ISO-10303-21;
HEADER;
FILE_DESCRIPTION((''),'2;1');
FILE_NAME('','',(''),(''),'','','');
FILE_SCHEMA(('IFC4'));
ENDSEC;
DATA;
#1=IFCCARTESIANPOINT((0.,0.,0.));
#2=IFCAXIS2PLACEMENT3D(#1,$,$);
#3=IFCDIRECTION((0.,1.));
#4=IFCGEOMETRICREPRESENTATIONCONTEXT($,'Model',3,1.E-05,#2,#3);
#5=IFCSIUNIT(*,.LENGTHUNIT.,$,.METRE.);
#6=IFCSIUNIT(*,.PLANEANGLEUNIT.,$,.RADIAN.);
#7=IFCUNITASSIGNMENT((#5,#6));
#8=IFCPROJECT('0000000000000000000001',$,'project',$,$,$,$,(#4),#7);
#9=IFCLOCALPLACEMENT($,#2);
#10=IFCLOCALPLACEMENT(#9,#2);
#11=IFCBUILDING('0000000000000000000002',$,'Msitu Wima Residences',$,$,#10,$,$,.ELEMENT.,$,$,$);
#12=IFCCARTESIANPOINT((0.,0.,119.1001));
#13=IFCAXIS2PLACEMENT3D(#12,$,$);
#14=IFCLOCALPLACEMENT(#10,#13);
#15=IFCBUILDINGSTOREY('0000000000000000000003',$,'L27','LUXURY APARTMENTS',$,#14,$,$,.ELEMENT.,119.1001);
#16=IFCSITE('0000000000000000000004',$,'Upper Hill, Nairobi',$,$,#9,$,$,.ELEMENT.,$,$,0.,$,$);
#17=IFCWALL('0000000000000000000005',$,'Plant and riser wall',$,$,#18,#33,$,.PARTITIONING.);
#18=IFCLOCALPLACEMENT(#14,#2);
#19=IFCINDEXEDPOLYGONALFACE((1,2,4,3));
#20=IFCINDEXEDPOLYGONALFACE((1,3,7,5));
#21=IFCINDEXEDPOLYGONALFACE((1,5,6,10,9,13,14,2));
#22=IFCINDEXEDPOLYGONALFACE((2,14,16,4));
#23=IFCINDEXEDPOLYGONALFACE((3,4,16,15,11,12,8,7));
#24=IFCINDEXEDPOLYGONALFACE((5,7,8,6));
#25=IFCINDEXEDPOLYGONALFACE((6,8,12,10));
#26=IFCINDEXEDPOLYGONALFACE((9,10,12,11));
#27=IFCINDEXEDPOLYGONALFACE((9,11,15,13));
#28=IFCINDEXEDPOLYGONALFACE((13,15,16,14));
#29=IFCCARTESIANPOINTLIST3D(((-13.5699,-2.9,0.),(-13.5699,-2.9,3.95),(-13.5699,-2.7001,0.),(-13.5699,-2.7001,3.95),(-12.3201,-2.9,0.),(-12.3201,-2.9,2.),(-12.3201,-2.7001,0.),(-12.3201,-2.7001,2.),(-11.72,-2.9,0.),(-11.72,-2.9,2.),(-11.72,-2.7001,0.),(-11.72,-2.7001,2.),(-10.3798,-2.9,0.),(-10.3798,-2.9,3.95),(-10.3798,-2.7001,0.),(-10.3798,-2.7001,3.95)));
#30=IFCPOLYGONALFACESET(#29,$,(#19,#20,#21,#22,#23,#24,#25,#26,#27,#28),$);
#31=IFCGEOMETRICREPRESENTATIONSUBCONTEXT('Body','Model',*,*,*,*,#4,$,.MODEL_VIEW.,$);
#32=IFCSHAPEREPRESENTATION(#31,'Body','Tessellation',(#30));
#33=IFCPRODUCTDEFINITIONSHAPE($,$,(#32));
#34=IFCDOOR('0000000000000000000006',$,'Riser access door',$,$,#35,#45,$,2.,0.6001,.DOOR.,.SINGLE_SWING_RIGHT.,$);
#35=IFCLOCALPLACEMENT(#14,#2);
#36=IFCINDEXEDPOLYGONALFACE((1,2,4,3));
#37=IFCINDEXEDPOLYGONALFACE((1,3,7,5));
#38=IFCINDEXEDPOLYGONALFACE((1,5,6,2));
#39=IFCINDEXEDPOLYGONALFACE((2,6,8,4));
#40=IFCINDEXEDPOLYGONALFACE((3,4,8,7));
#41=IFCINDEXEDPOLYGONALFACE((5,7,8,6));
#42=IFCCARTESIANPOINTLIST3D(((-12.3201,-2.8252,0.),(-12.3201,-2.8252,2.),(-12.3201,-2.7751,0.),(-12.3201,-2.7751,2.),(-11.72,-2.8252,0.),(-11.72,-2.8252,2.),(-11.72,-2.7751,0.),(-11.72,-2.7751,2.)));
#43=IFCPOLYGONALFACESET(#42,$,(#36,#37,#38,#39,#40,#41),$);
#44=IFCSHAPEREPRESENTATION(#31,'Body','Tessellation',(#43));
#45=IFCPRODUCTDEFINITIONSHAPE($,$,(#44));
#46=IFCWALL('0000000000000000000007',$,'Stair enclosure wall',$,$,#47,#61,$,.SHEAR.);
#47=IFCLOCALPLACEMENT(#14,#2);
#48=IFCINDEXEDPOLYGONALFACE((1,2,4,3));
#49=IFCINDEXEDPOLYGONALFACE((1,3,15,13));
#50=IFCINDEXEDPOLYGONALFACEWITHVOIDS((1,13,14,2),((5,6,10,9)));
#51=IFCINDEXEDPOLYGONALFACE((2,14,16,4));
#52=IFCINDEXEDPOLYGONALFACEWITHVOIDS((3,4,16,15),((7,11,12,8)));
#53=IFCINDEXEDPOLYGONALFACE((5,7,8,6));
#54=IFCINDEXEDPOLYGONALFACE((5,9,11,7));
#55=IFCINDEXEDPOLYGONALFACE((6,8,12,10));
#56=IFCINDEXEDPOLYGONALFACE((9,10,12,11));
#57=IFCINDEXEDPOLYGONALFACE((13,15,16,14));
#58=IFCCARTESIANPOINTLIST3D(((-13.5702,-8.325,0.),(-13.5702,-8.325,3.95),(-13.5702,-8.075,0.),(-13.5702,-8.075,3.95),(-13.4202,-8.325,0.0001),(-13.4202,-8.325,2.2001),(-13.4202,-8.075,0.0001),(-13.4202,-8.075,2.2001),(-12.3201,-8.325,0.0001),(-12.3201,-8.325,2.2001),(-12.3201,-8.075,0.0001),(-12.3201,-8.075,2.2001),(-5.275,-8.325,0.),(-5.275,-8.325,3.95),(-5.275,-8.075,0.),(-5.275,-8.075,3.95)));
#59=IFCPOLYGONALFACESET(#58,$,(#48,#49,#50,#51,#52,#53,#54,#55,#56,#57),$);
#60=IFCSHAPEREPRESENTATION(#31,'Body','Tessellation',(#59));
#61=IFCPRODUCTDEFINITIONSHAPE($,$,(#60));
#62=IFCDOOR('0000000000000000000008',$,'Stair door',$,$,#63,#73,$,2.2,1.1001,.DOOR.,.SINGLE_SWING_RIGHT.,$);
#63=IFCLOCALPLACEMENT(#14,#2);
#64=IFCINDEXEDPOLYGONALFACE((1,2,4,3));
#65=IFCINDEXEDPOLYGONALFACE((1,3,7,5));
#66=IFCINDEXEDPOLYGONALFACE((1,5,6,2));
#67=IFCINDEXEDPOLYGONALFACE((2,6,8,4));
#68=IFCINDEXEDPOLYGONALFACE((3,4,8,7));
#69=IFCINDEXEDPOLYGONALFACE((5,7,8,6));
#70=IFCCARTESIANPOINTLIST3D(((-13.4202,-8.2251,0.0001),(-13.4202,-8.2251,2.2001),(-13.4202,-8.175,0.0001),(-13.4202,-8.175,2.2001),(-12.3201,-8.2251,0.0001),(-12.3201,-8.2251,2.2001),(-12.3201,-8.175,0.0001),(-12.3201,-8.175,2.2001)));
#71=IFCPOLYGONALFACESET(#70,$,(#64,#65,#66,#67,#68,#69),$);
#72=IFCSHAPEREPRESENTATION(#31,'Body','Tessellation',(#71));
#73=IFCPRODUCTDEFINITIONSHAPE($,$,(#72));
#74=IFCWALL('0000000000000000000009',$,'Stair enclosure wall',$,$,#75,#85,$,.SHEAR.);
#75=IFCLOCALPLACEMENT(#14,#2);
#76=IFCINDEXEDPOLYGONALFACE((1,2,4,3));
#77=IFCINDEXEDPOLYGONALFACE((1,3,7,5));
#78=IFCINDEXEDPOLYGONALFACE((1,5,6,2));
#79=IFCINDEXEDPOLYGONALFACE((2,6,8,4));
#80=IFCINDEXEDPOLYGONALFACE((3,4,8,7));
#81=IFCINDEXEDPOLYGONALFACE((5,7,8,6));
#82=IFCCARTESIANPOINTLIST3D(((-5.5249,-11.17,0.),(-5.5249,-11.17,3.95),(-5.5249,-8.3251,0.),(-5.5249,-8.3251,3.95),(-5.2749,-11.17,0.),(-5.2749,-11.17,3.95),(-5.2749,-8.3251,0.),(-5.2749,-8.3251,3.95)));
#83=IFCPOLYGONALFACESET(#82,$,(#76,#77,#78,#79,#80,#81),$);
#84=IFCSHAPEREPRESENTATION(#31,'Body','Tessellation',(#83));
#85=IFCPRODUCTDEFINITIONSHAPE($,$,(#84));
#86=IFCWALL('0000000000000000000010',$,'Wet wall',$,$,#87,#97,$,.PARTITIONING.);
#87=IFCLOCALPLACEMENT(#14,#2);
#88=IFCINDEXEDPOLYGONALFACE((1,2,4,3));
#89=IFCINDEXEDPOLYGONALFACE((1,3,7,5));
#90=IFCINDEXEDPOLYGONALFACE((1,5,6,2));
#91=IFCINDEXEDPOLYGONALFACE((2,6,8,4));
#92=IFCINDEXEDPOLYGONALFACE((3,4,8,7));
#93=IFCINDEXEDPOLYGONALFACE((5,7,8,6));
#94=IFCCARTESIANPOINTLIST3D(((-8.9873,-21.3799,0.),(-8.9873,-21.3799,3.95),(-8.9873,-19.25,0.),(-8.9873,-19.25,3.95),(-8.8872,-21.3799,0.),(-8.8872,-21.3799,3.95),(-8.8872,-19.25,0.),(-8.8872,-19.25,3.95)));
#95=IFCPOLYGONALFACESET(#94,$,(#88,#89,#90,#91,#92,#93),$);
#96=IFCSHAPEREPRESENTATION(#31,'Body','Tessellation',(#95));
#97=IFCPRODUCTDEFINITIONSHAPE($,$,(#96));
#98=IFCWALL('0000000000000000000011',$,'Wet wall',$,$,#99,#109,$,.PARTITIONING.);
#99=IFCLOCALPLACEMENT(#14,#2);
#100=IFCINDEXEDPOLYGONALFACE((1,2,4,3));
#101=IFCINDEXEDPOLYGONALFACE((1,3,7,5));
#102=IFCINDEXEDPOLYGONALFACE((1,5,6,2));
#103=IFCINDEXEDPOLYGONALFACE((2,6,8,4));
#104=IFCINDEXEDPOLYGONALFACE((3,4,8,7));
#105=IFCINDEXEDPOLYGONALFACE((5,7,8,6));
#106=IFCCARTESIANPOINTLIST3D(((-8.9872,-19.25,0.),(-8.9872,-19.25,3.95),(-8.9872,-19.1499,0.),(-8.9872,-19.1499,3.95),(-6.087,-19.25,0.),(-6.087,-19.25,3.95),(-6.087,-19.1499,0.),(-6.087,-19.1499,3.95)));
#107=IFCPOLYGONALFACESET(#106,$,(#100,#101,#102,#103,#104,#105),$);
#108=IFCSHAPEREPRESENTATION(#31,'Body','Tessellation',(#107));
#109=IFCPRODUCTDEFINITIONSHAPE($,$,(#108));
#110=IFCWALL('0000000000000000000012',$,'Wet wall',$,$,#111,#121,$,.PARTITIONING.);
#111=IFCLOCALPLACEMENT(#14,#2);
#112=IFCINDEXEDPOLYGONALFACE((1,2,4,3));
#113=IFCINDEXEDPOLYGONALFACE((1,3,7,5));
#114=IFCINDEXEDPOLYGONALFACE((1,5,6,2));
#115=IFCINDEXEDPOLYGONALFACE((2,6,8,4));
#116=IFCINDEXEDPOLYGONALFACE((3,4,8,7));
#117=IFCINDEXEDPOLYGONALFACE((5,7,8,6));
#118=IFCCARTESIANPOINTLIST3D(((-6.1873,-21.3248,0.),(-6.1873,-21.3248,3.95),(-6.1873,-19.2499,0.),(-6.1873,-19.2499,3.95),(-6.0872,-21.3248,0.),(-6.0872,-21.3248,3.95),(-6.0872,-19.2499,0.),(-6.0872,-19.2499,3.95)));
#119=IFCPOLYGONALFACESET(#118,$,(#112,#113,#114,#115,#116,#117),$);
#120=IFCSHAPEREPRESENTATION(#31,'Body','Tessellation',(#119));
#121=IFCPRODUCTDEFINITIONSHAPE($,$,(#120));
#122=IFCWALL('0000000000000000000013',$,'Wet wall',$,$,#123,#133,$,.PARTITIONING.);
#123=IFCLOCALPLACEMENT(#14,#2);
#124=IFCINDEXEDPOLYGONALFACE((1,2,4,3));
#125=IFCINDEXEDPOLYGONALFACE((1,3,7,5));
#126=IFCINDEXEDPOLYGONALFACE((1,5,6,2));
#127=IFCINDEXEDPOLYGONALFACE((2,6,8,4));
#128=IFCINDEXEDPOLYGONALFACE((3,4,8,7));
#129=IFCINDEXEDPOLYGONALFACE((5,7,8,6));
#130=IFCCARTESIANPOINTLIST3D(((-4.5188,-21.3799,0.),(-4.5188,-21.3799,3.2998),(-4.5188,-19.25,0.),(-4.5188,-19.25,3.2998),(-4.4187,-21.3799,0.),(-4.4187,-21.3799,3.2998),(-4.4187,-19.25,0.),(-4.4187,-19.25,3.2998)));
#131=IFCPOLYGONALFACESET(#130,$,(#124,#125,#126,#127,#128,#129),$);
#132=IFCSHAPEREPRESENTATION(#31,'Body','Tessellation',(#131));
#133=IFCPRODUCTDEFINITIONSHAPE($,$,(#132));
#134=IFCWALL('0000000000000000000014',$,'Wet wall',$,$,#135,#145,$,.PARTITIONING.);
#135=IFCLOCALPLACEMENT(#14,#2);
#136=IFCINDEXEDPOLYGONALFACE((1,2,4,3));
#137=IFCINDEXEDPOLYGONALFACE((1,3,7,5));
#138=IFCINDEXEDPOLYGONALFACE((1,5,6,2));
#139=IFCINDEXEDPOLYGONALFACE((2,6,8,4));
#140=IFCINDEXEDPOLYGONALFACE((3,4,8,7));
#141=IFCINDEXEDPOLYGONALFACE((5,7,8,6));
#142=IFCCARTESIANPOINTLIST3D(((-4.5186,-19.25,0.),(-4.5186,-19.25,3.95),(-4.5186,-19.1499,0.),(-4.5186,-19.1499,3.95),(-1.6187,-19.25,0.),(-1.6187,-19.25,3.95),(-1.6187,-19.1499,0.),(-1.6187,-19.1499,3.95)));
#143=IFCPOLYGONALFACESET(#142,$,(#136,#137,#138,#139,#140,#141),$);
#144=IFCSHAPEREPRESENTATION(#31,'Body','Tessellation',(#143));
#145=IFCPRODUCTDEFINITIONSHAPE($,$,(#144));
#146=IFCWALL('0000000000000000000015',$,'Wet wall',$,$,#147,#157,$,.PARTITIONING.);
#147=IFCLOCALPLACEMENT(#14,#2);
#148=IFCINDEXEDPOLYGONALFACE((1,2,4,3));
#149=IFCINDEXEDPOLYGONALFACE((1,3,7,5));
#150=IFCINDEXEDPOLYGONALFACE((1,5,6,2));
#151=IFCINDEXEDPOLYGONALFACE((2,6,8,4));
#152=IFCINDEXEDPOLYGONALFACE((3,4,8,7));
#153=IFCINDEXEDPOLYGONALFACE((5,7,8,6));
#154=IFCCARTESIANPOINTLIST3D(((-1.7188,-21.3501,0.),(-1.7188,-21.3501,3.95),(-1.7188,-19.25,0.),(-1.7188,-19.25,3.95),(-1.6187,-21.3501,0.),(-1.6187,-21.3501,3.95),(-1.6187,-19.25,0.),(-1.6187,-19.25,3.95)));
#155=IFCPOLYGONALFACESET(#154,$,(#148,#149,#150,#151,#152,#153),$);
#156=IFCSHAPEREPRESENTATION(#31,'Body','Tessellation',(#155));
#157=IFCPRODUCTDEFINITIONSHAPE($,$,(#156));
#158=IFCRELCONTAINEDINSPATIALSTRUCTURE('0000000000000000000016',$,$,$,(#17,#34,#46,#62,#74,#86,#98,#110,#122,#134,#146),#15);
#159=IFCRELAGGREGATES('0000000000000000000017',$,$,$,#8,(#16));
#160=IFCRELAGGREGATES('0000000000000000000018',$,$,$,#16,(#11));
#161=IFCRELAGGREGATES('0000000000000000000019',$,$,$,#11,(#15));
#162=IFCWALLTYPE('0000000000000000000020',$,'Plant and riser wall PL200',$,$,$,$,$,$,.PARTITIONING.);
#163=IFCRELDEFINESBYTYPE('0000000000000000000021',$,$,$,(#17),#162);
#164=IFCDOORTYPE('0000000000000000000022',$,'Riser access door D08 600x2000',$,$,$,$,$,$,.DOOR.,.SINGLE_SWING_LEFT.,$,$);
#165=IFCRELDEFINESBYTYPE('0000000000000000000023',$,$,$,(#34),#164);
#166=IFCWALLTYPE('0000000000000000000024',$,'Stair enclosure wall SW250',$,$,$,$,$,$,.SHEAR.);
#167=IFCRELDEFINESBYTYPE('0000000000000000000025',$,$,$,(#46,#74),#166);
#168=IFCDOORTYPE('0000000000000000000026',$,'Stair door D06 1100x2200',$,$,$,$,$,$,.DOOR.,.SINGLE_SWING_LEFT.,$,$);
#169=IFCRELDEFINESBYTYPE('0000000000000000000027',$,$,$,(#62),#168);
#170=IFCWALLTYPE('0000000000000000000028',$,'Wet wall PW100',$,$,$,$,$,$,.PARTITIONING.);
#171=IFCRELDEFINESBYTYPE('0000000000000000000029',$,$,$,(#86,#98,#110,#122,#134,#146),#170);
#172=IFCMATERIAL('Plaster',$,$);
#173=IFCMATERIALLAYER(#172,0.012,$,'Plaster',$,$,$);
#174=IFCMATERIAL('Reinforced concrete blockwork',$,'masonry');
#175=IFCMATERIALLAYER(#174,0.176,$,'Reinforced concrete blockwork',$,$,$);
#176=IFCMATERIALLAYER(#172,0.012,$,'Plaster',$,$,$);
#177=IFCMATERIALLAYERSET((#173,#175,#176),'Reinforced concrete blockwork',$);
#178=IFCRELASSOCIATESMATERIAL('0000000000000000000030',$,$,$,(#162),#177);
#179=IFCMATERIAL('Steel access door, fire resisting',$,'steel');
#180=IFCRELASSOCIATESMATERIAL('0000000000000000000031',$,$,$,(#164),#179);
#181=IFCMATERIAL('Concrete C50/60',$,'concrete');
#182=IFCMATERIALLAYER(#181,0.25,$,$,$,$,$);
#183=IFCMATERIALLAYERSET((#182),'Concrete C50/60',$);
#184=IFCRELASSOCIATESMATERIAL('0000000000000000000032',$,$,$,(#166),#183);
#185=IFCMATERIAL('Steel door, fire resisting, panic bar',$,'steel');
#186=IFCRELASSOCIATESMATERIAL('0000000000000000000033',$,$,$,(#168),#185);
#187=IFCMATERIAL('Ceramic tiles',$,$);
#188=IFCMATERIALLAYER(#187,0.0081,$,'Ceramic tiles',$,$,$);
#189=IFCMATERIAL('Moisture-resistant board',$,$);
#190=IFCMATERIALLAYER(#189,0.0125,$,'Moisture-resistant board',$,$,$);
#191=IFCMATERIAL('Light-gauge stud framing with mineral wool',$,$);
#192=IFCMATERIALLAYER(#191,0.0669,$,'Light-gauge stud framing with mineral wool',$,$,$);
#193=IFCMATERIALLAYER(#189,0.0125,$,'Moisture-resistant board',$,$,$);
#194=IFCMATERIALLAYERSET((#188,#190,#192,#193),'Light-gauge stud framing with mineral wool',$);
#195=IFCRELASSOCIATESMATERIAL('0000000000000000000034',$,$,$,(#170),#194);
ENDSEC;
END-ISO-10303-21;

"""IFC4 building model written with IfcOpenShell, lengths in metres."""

from ifc_helpers import new_model, si_unit, direction, frame, frame_2d, origin, place, context, subcontext, project, spatial, rectangle, extrude, material, layer, layer_set, type_object, element, fill, save


model = new_model("IFC4")

# Units and contexts
model_context = context("Model", 3, precision=1e-05, world=origin(), true_north=direction((0.0, 1.0)))
body_context = subcontext(model_context, "Body", "Model", "MODEL_VIEW")
ifc_project = project(units=[si_unit("LENGTHUNIT", "METRE"), si_unit("PLANEANGLEUNIT", "RADIAN")], contexts=[model_context])

# Site, building, storey
site_placement = place(None, origin())
site = spatial("IfcSite", under=ifc_project, at=site_placement, Name="Upper Hill, Nairobi", CompositionType="ELEMENT", RefElevation=0.0)
building_placement = place(site_placement, origin())
building = spatial("IfcBuilding", under=site, at=building_placement, Name="Msitu Wima Residences", CompositionType="ELEMENT")
storey_placement = place(building_placement, frame((0.0, 0.0, 119.1001)))
storey = spatial("IfcBuildingStorey", under=building, at=storey_placement, Name="L27", Description="LUXURY APARTMENTS", CompositionType="ELEMENT", Elevation=119.1001)

# Shared definitions
ifc_material_1 = material(Name="Plaster")

# Walls, openings, doors
ifc_layer_1 = layer(ifc_material_1, 0.012, Name="Plaster")
ifc_material_2 = material(Name="Reinforced concrete blockwork", Category="masonry")
ifc_layer_2 = layer(ifc_material_2, 0.176, Name="Reinforced concrete blockwork")
ifc_layer_3 = layer(ifc_material_1, 0.012, Name="Plaster")
ifc_layer_set_1 = layer_set([ifc_layer_1, ifc_layer_2, ifc_layer_3], Name="Reinforced concrete blockwork")
wall_type_1 = type_object("IfcWallType", Name="Plant and riser wall PL200", PredefinedType="PARTITIONING", material=ifc_layer_set_1)
wall_1_placement = place(storey_placement, frame((-13.5701, -2.8, 0.0), z_axis=(0.0, 0.0, 1.0), x_axis=(1.0, 0.0, 0.0)))
wall_1 = element("IfcWall", 1, at=wall_1_placement, inside=storey, type_object=wall_type_1, Name="Plant and riser wall", PredefinedType="PARTITIONING", context=body_context, shape_type="SweptSolid", body=[
    extrude(rectangle(XDim=3.1902, YDim=0.2, at=frame_2d((1.5952, 0.0))), origin(), (0.0, 0.0, 1.0), 3.95),
])
opening_1_placement = place(wall_1_placement, frame((1.25, 0.0, 0.0)))
opening_1 = element("IfcOpeningElement", 2, at=opening_1_placement, cuts=wall_1, PredefinedType="OPENING", context=body_context, shape_type="SweptSolid", body=[
    extrude(rectangle(XDim=0.6001, YDim=2.0, at=frame_2d((0.3, 1.0))), frame((0.0, 0.1099, 0.0), z_axis=(0.0, -1.0, 0.0), x_axis=(1.0, 0.0, 0.0)), (0.0, 0.0, 1.0), 0.22),
])
ifc_material_3 = material(Name="Steel access door, fire resisting", Category="steel")
door_type_1 = type_object("IfcDoorType", Name="Riser access door D08 600x2000", OperationType="SINGLE_SWING_LEFT", PredefinedType="DOOR", material=ifc_material_3)
door_1_placement = place(opening_1_placement, origin())
door_1 = element("IfcDoor", 3, at=door_1_placement, inside=storey, type_object=door_type_1, Name="Riser access door", OperationType="SINGLE_SWING_RIGHT", OverallHeight=2.0, OverallWidth=0.6001, PredefinedType="DOOR", context=body_context, shape_type="SweptSolid", body=[
    extrude(rectangle(XDim=0.6001, YDim=2.0, at=frame_2d((0.3, 1.0))), frame((0.0, 0.0249, 0.0), z_axis=(0.0, -1.0, 0.0), x_axis=(1.0, 0.0, 0.0)), (0.0, 0.0, 1.0), 0.05),
])
fill(opening_1, door_1)
ifc_material_4 = material(Name="Concrete C50/60", Category="concrete")
ifc_layer_4 = layer(ifc_material_4, 0.25)
ifc_layer_set_2 = layer_set([ifc_layer_4], Name="Concrete C50/60")
wall_type_2 = type_object("IfcWallType", Name="Stair enclosure wall SW250", PredefinedType="SHEAR", material=ifc_layer_set_2)
wall_2_placement = place(storey_placement, frame((-13.5701, -8.2, 0.0), z_axis=(0.0, 0.0, 1.0), x_axis=(1.0, 0.0, 0.0)))
wall_2 = element("IfcWall", 4, at=wall_2_placement, inside=storey, type_object=wall_type_2, Name="Stair enclosure wall", PredefinedType="SHEAR", context=body_context, shape_type="SweptSolid", body=[
    extrude(rectangle(XDim=8.2952, YDim=0.25, at=frame_2d((4.1475, 0.0))), origin(), (0.0, 0.0, 1.0), 3.95),
])
opening_2_placement = place(wall_2_placement, frame((0.1499, 0.0, 0.0)))
opening_2 = element("IfcOpeningElement", 5, at=opening_2_placement, cuts=wall_2, PredefinedType="OPENING", context=body_context, shape_type="SweptSolid", body=[
    extrude(rectangle(XDim=1.1001, YDim=2.2, at=frame_2d((0.55, 1.1001))), frame((0.0, 0.135, 0.0), z_axis=(0.0, -1.0, 0.0), x_axis=(1.0, 0.0, 0.0)), (0.0, 0.0, 1.0), 0.27),
])
ifc_material_5 = material(Name="Steel door, fire resisting, panic bar", Category="steel")
door_type_2 = type_object("IfcDoorType", Name="Stair door D06 1100x2200", OperationType="SINGLE_SWING_LEFT", PredefinedType="DOOR", material=ifc_material_5)
door_2_placement = place(opening_2_placement, origin())
door_2 = element("IfcDoor", 6, at=door_2_placement, inside=storey, type_object=door_type_2, Name="Stair door", OperationType="SINGLE_SWING_RIGHT", OverallHeight=2.2, OverallWidth=1.1001, PredefinedType="DOOR", context=body_context, shape_type="SweptSolid", body=[
    extrude(rectangle(XDim=1.1001, YDim=2.2, at=frame_2d((0.55, 1.1001))), frame((0.0, 0.0249, 0.0), z_axis=(0.0, -1.0, 0.0), x_axis=(1.0, 0.0, 0.0)), (0.0, 0.0, 1.0), 0.05),
])
fill(opening_2, door_2)

# Walls
wall_3_placement = place(storey_placement, frame((-5.3999, -11.1699, 0.0), z_axis=(0.0, 0.0, 1.0), x_axis=(0.0, 1.0, 0.0)))
element("IfcWall", 7, at=wall_3_placement, inside=storey, type_object=wall_type_2, Name="Stair enclosure wall", PredefinedType="SHEAR", context=body_context, shape_type="SweptSolid", body=[
    extrude(rectangle(XDim=2.845, YDim=0.25, at=frame_2d((1.4224, 0.0))), origin(), (0.0, 0.0, 1.0), 3.95),
])
ifc_material_6 = material(Name="Ceramic tiles")
ifc_layer_5 = layer(ifc_material_6, 0.0081, Name="Ceramic tiles")
ifc_material_7 = material(Name="Moisture-resistant board")
ifc_layer_6 = layer(ifc_material_7, 0.0125, Name="Moisture-resistant board")
ifc_material_8 = material(Name="Light-gauge stud framing with mineral wool")
ifc_layer_7 = layer(ifc_material_8, 0.0669, Name="Light-gauge stud framing with mineral wool")
ifc_layer_8 = layer(ifc_material_7, 0.0125, Name="Moisture-resistant board")
ifc_layer_set_3 = layer_set([ifc_layer_5, ifc_layer_6, ifc_layer_7, ifc_layer_8], Name="Light-gauge stud framing with mineral wool")
wall_type_3 = type_object("IfcWallType", Name="Wet wall PW100", PredefinedType="PARTITIONING", material=ifc_layer_set_3)
wall_4_placement = place(storey_placement, frame((-8.9373, -21.3799, 0.0), z_axis=(0.0, 0.0, 1.0), x_axis=(0.0, 1.0, 0.0)))
element("IfcWall", 8, at=wall_4_placement, inside=storey, type_object=wall_type_3, Name="Wet wall", PredefinedType="PARTITIONING", context=body_context, shape_type="SweptSolid", body=[
    extrude(rectangle(XDim=2.1299, YDim=0.1001, at=frame_2d((1.0649, 0.0))), origin(), (0.0, 0.0, 1.0), 3.95),
])
wall_5_placement = place(storey_placement, frame((-8.9873, -19.2, 0.0), z_axis=(0.0, 0.0, 1.0), x_axis=(1.0, 0.0, 0.0)))
element("IfcWall", 9, at=wall_5_placement, inside=storey, type_object=wall_type_3, Name="Wet wall", PredefinedType="PARTITIONING", context=body_context, shape_type="SweptSolid", body=[
    extrude(rectangle(XDim=2.9001, YDim=0.1001, at=frame_2d((1.4502, 0.0))), origin(), (0.0, 0.0, 1.0), 3.95),
])
wall_6_placement = place(storey_placement, frame((-6.1372, -21.325, 0.0), z_axis=(0.0, 0.0, 1.0), x_axis=(0.0, 1.0, 0.0)))
element("IfcWall", 10, at=wall_6_placement, inside=storey, type_object=wall_type_3, Name="Wet wall", PredefinedType="PARTITIONING", context=body_context, shape_type="SweptSolid", body=[
    extrude(rectangle(XDim=2.075, YDim=0.1001, at=frame_2d((1.0376, 0.0))), origin(), (0.0, 0.0, 1.0), 3.95),
])
wall_7_placement = place(storey_placement, frame((-4.4688, -21.3799, 0.0), z_axis=(0.0, 0.0, 1.0), x_axis=(0.0, 1.0, 0.0)))
element("IfcWall", 11, at=wall_7_placement, inside=storey, type_object=wall_type_3, Name="Wet wall", PredefinedType="PARTITIONING", context=body_context, shape_type="SweptSolid", body=[
    extrude(rectangle(XDim=2.1299, YDim=0.1001, at=frame_2d((1.0649, 0.0))), origin(), (0.0, 0.0, 1.0), 3.2998),
])
wall_8_placement = place(storey_placement, frame((-4.5186, -19.2, 0.0), z_axis=(0.0, 0.0, 1.0), x_axis=(1.0, 0.0, 0.0)))
element("IfcWall", 12, at=wall_8_placement, inside=storey, type_object=wall_type_3, Name="Wet wall", PredefinedType="PARTITIONING", context=body_context, shape_type="SweptSolid", body=[
    extrude(rectangle(XDim=2.8999, YDim=0.1001, at=frame_2d((1.45, 0.0))), origin(), (0.0, 0.0, 1.0), 3.95),
])
wall_9_placement = place(storey_placement, frame((-1.6687, -21.3501, 0.0), z_axis=(0.0, 0.0, 1.0), x_axis=(0.0, 1.0, 0.0)))
element("IfcWall", 13, at=wall_9_placement, inside=storey, type_object=wall_type_3, Name="Wet wall", PredefinedType="PARTITIONING", context=body_context, shape_type="SweptSolid", body=[
    extrude(rectangle(XDim=2.1001, YDim=0.1001, at=frame_2d((1.05, 0.0))), origin(), (0.0, 0.0, 1.0), 3.95),
])

save(model, "model.ifc")
